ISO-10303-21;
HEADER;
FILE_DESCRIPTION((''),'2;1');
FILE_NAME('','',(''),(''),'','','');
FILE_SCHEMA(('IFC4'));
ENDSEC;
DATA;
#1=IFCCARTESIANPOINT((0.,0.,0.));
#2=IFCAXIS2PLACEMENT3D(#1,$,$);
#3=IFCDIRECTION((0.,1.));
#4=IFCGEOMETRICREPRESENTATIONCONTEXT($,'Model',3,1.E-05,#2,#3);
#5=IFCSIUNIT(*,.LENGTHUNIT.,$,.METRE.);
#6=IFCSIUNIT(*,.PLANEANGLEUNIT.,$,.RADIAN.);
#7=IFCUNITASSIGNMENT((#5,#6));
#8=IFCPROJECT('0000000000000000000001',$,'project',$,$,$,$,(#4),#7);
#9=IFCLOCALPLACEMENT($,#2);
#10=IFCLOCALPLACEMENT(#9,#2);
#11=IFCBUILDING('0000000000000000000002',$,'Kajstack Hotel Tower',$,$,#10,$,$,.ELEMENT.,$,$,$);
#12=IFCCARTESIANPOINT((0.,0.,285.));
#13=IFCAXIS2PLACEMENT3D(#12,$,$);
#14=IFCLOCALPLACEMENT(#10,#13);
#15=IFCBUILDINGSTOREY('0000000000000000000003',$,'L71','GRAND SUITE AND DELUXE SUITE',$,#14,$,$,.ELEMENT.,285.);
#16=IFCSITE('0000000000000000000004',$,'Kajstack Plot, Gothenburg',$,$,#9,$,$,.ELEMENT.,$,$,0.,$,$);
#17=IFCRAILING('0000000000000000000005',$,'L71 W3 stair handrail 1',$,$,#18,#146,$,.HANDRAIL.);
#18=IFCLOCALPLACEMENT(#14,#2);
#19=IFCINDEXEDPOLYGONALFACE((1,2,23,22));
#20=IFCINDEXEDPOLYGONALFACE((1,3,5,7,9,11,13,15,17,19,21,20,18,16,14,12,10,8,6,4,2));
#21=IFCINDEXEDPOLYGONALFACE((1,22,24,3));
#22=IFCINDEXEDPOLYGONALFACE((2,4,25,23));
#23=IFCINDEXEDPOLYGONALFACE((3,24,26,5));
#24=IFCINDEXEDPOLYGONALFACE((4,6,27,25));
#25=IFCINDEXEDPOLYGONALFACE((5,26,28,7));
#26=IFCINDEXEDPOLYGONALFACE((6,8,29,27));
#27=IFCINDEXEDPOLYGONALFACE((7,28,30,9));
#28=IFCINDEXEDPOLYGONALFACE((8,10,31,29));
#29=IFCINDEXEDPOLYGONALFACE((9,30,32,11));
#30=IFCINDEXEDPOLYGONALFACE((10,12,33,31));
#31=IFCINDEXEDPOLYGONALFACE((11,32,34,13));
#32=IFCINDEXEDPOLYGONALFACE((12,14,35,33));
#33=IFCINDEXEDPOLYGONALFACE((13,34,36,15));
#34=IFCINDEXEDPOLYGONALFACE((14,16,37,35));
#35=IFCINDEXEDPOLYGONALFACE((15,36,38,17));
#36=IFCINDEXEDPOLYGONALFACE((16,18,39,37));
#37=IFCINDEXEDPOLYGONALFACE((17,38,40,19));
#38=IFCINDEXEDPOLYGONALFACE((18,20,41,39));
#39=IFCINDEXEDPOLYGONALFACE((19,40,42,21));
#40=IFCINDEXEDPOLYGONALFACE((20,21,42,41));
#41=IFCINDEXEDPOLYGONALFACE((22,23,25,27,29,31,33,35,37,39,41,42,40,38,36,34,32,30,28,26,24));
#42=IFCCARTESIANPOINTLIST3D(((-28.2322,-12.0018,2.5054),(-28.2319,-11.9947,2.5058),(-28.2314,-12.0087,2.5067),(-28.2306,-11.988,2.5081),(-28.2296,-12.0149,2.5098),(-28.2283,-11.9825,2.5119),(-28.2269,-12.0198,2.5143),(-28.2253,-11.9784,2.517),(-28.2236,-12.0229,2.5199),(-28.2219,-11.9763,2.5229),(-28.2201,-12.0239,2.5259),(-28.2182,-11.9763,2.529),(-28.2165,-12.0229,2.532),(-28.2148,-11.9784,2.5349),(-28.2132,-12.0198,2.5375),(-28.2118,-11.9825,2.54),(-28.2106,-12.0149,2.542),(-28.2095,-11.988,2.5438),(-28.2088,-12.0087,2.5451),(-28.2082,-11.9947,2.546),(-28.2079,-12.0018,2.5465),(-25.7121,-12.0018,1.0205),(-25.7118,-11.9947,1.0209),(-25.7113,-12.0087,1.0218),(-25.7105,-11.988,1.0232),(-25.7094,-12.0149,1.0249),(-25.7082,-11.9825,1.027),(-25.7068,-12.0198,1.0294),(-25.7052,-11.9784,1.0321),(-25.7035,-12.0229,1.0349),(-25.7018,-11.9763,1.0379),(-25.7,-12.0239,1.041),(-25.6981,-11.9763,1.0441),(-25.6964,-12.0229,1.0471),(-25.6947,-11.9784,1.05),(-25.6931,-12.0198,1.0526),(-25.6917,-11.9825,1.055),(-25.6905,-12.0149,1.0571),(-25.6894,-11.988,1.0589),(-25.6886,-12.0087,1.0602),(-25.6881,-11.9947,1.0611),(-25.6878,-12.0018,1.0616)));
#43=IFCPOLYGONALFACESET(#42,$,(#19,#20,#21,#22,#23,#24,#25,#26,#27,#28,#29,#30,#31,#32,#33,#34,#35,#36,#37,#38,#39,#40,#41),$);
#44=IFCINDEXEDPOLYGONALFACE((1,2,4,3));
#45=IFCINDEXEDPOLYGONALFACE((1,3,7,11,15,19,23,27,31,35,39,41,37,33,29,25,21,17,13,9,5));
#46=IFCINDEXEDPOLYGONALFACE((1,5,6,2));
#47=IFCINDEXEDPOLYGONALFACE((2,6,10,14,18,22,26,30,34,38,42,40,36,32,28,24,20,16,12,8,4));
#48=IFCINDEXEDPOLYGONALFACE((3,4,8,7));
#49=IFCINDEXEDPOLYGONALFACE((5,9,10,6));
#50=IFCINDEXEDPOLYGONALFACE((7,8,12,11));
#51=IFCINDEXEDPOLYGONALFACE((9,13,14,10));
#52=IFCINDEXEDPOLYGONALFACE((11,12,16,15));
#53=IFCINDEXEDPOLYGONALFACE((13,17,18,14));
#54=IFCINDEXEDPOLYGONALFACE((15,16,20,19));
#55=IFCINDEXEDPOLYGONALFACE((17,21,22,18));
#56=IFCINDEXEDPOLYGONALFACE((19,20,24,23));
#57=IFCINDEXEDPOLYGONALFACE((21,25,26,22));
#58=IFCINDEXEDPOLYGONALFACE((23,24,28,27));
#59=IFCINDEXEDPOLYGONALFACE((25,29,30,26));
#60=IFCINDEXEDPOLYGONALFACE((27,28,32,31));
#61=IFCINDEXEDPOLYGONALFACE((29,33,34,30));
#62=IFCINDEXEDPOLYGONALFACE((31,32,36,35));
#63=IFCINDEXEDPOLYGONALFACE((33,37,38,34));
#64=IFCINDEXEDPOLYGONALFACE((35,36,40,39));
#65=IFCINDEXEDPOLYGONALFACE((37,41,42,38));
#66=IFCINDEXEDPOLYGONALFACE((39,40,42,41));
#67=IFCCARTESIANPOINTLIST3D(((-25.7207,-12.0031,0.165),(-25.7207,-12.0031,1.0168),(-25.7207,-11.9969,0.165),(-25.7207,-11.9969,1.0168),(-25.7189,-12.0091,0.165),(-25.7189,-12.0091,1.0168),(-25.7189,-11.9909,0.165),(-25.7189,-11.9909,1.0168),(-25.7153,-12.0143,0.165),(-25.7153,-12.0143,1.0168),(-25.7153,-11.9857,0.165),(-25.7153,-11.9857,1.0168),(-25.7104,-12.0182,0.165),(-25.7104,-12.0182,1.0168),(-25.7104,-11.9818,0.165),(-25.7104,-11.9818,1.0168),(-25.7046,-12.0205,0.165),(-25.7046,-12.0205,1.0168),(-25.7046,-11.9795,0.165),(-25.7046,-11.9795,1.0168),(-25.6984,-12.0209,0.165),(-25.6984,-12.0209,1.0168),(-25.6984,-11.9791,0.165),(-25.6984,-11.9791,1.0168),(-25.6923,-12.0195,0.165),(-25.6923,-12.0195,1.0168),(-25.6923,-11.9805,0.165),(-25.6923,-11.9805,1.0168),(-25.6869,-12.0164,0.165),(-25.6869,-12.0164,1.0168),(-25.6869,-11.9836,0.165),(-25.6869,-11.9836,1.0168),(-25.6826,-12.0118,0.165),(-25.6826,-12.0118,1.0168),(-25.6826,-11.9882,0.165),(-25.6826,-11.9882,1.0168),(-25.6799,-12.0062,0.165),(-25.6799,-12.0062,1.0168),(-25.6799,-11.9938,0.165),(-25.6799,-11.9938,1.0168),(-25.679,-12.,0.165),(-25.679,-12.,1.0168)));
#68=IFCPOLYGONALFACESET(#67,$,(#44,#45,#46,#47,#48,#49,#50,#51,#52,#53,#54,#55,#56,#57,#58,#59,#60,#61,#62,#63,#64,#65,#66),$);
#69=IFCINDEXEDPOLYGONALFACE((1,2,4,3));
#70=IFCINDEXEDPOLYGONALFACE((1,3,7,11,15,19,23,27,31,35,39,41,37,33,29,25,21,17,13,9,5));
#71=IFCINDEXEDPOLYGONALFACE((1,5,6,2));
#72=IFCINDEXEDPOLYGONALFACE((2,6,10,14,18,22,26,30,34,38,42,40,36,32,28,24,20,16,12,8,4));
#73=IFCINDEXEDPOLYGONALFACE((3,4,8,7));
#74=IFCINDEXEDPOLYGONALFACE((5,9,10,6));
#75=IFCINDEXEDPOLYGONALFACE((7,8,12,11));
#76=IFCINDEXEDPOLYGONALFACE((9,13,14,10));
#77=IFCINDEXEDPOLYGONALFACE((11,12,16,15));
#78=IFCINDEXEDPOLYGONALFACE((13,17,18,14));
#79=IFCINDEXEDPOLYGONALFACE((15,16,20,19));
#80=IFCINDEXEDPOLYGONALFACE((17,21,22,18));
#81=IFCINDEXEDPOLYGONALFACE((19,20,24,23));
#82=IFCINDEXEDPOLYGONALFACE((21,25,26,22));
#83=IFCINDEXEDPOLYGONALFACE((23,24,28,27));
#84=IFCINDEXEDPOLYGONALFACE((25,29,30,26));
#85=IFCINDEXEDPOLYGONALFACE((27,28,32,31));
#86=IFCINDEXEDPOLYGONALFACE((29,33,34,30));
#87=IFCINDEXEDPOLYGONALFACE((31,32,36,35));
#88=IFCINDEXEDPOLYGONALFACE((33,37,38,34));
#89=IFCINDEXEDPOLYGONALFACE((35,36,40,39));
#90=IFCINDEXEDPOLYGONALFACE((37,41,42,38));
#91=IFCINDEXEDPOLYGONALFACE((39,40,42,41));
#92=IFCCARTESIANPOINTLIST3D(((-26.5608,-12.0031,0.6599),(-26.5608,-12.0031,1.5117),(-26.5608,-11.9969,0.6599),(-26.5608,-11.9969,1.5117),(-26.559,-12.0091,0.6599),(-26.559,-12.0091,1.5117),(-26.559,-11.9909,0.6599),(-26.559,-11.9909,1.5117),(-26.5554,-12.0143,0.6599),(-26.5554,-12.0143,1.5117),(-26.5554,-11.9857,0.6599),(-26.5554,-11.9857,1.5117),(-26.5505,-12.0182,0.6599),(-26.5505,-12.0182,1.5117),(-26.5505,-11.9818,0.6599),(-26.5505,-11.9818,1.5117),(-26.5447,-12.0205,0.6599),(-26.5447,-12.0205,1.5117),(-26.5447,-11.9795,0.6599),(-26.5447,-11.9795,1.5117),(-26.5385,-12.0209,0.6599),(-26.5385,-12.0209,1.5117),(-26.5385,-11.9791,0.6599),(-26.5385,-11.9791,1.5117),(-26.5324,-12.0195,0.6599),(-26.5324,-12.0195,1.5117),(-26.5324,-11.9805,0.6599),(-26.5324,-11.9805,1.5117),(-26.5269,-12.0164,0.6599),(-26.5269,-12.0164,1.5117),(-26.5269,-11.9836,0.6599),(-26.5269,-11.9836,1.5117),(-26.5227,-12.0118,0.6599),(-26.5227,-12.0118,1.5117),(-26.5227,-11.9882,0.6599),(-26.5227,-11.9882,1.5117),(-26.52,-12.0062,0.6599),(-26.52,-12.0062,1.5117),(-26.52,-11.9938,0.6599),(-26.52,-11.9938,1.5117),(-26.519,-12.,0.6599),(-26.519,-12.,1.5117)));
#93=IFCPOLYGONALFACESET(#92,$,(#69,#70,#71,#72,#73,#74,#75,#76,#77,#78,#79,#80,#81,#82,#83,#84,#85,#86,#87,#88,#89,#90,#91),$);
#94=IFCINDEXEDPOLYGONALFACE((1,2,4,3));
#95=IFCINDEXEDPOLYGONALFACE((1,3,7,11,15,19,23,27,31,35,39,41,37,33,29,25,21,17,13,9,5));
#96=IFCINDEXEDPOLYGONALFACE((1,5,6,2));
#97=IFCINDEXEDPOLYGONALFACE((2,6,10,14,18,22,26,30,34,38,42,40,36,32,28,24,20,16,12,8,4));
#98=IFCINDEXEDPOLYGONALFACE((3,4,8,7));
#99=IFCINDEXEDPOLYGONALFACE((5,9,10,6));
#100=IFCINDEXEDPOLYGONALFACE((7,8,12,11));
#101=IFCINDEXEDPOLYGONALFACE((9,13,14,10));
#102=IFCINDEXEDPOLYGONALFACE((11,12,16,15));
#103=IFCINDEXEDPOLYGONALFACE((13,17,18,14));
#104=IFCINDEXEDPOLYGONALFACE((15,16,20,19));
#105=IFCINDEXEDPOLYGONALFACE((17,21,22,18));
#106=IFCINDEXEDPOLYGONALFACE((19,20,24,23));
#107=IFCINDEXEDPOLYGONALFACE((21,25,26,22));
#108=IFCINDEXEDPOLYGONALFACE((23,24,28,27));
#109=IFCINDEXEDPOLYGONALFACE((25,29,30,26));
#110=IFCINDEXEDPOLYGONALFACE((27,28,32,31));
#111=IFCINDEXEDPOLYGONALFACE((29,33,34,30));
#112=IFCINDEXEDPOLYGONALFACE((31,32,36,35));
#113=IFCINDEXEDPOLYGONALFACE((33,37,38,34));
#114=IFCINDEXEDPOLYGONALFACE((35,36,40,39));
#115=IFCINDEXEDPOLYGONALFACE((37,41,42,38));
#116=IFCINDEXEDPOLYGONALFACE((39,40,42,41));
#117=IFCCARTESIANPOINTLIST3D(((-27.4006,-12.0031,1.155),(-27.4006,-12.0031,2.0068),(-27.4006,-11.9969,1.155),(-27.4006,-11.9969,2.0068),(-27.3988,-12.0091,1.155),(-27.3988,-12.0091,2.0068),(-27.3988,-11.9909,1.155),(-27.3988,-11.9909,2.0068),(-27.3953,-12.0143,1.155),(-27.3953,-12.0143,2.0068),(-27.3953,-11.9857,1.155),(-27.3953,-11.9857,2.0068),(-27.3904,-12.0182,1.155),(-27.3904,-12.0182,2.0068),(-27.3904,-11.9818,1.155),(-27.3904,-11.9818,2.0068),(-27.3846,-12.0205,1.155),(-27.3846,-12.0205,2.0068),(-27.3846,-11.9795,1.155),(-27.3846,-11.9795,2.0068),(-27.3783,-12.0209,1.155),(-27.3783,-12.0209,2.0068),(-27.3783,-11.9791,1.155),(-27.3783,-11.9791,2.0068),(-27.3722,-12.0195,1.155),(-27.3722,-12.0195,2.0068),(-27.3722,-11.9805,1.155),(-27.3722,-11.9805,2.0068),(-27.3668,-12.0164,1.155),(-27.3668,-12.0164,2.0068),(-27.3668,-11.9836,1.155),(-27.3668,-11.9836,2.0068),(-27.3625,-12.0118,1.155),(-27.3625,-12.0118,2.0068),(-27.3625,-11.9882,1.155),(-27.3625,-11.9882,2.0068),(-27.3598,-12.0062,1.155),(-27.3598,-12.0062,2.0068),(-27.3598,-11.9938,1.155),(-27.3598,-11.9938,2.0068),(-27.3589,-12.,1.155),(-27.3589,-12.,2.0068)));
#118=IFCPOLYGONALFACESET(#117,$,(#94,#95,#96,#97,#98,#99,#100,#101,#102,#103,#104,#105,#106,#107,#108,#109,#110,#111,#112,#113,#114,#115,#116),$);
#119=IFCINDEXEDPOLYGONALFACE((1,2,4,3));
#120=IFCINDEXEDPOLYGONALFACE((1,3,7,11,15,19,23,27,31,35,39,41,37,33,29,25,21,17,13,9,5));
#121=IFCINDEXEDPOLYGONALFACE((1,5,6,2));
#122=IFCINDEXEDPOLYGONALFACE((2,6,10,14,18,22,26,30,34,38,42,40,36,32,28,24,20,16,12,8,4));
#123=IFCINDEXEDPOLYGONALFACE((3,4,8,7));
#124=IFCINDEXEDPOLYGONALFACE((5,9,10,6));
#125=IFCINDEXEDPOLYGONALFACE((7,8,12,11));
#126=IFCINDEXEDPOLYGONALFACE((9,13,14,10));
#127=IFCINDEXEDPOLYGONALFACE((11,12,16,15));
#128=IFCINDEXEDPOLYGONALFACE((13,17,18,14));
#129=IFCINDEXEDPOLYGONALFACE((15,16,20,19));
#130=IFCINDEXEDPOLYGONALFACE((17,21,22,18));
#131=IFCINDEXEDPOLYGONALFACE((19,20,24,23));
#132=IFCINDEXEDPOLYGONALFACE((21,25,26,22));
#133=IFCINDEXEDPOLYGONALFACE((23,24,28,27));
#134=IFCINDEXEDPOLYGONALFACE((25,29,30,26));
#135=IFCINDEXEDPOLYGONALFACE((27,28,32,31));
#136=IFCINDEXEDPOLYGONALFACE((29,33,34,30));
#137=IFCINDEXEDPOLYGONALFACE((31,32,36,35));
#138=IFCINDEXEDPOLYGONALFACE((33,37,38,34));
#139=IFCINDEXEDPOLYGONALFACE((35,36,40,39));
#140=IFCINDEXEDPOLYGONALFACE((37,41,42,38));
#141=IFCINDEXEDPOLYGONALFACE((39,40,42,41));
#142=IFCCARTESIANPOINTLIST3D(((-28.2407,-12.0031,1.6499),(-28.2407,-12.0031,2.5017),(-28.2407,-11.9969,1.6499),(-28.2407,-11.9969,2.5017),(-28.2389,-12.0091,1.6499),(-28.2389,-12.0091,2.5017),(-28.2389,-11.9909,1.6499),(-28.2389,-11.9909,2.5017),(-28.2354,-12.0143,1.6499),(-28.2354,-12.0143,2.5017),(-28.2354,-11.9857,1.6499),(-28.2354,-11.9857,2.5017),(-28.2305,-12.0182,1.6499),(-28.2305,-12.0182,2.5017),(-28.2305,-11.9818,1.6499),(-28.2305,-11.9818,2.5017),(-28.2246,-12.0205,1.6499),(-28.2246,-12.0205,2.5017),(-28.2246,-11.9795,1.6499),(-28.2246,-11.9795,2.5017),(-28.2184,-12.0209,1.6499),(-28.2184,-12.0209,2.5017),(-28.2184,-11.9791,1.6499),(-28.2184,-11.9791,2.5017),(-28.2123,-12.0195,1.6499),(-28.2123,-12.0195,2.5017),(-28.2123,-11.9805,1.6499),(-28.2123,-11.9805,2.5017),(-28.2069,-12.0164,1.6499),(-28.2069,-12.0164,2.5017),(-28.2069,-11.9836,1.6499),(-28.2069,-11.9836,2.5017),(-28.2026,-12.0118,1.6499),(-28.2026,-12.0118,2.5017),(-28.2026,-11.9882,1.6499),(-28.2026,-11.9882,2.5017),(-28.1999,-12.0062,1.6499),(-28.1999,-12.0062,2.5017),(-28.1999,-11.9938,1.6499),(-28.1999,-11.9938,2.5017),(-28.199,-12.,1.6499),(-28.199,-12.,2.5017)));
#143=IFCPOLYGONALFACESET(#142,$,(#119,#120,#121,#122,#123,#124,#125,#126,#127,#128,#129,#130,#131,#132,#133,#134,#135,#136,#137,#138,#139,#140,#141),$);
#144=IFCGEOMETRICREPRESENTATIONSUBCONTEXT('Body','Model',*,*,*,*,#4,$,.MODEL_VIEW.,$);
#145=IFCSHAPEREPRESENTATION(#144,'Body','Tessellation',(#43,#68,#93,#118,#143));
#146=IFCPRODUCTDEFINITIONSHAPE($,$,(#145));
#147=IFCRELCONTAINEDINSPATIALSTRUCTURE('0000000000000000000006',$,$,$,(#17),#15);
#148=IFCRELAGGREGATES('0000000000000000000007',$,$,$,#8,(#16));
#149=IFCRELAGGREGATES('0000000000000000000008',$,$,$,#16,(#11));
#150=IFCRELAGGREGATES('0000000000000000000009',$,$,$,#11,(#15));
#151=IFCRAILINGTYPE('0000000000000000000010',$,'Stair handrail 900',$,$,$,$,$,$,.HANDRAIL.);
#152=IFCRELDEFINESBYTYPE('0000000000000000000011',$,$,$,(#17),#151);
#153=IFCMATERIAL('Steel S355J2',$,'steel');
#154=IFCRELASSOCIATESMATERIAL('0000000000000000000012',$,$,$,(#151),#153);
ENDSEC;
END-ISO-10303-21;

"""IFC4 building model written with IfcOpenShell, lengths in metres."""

from ifc_helpers import new_model, si_unit, direction, frame, origin, origin_2d, place, context, subcontext, project, spatial, circle, extrude, material, type_object, element, save


model = new_model("IFC4")

# Units and contexts
model_context = context("Model", 3, precision=1e-05, world=origin(), true_north=direction((0.0, 1.0)))
body_context = subcontext(model_context, "Body", "Model", "MODEL_VIEW")
ifc_project = project(units=[si_unit("LENGTHUNIT", "METRE"), si_unit("PLANEANGLEUNIT", "RADIAN")], contexts=[model_context])

# Site, building, storey
site_placement = place(None, origin())
site = spatial("IfcSite", under=ifc_project, at=site_placement, Name="Kajstack Plot, Gothenburg", CompositionType="ELEMENT", RefElevation=0.0)
building_placement = place(site_placement, origin())
building = spatial("IfcBuilding", under=site, at=building_placement, Name="Kajstack Hotel Tower", CompositionType="ELEMENT")
storey_placement = place(building_placement, frame((0.0, 0.0, 285.0)))
storey = spatial("IfcBuildingStorey", under=building, at=storey_placement, Name="L71", Description="GRAND SUITE AND DELUXE SUITE", CompositionType="ELEMENT", Elevation=285.0)

# Railing
ifc_material_1 = material(Name="Steel S355J2", Category="steel")
railing_type_1 = type_object("IfcRailingType", Name="Stair handrail 900", PredefinedType="HANDRAIL", material=ifc_material_1)
railing_1_placement = place(storey_placement, frame((-25.7, -12.0, 0.165)))
element("IfcRailing", 1, at=railing_1_placement, inside=storey, type_object=railing_type_1, Name="L71 W3 stair handrail 1", PredefinedType="HANDRAIL", context=body_context, shape_type="SweptSolid", body=[
    extrude(circle(Radius=0.0239, at=origin_2d()), frame((0.0, 0.0, 0.876), z_axis=(-0.861561, 0.0, 0.507655), x_axis=(0.0, -1.0, 0.0)), (0.0, 0.0, 1.0), 2.925),
    extrude(circle(Radius=0.021, at=origin_2d()), origin(), (0.0, 0.0, 1.0), 0.8518),
    extrude(circle(Radius=0.021, at=origin_2d()), frame((-0.8401, 0.0, 0.4949)), (0.0, 0.0, 1.0), 0.8518),
    extrude(circle(Radius=0.021, at=origin_2d()), frame((-1.6799, 0.0, 0.99)), (0.0, 0.0, 1.0), 0.8518),
    extrude(circle(Radius=0.021, at=origin_2d()), frame((-2.52, 0.0, 1.4849)), (0.0, 0.0, 1.0), 0.8518),
])

save(model, "model.ifc")
